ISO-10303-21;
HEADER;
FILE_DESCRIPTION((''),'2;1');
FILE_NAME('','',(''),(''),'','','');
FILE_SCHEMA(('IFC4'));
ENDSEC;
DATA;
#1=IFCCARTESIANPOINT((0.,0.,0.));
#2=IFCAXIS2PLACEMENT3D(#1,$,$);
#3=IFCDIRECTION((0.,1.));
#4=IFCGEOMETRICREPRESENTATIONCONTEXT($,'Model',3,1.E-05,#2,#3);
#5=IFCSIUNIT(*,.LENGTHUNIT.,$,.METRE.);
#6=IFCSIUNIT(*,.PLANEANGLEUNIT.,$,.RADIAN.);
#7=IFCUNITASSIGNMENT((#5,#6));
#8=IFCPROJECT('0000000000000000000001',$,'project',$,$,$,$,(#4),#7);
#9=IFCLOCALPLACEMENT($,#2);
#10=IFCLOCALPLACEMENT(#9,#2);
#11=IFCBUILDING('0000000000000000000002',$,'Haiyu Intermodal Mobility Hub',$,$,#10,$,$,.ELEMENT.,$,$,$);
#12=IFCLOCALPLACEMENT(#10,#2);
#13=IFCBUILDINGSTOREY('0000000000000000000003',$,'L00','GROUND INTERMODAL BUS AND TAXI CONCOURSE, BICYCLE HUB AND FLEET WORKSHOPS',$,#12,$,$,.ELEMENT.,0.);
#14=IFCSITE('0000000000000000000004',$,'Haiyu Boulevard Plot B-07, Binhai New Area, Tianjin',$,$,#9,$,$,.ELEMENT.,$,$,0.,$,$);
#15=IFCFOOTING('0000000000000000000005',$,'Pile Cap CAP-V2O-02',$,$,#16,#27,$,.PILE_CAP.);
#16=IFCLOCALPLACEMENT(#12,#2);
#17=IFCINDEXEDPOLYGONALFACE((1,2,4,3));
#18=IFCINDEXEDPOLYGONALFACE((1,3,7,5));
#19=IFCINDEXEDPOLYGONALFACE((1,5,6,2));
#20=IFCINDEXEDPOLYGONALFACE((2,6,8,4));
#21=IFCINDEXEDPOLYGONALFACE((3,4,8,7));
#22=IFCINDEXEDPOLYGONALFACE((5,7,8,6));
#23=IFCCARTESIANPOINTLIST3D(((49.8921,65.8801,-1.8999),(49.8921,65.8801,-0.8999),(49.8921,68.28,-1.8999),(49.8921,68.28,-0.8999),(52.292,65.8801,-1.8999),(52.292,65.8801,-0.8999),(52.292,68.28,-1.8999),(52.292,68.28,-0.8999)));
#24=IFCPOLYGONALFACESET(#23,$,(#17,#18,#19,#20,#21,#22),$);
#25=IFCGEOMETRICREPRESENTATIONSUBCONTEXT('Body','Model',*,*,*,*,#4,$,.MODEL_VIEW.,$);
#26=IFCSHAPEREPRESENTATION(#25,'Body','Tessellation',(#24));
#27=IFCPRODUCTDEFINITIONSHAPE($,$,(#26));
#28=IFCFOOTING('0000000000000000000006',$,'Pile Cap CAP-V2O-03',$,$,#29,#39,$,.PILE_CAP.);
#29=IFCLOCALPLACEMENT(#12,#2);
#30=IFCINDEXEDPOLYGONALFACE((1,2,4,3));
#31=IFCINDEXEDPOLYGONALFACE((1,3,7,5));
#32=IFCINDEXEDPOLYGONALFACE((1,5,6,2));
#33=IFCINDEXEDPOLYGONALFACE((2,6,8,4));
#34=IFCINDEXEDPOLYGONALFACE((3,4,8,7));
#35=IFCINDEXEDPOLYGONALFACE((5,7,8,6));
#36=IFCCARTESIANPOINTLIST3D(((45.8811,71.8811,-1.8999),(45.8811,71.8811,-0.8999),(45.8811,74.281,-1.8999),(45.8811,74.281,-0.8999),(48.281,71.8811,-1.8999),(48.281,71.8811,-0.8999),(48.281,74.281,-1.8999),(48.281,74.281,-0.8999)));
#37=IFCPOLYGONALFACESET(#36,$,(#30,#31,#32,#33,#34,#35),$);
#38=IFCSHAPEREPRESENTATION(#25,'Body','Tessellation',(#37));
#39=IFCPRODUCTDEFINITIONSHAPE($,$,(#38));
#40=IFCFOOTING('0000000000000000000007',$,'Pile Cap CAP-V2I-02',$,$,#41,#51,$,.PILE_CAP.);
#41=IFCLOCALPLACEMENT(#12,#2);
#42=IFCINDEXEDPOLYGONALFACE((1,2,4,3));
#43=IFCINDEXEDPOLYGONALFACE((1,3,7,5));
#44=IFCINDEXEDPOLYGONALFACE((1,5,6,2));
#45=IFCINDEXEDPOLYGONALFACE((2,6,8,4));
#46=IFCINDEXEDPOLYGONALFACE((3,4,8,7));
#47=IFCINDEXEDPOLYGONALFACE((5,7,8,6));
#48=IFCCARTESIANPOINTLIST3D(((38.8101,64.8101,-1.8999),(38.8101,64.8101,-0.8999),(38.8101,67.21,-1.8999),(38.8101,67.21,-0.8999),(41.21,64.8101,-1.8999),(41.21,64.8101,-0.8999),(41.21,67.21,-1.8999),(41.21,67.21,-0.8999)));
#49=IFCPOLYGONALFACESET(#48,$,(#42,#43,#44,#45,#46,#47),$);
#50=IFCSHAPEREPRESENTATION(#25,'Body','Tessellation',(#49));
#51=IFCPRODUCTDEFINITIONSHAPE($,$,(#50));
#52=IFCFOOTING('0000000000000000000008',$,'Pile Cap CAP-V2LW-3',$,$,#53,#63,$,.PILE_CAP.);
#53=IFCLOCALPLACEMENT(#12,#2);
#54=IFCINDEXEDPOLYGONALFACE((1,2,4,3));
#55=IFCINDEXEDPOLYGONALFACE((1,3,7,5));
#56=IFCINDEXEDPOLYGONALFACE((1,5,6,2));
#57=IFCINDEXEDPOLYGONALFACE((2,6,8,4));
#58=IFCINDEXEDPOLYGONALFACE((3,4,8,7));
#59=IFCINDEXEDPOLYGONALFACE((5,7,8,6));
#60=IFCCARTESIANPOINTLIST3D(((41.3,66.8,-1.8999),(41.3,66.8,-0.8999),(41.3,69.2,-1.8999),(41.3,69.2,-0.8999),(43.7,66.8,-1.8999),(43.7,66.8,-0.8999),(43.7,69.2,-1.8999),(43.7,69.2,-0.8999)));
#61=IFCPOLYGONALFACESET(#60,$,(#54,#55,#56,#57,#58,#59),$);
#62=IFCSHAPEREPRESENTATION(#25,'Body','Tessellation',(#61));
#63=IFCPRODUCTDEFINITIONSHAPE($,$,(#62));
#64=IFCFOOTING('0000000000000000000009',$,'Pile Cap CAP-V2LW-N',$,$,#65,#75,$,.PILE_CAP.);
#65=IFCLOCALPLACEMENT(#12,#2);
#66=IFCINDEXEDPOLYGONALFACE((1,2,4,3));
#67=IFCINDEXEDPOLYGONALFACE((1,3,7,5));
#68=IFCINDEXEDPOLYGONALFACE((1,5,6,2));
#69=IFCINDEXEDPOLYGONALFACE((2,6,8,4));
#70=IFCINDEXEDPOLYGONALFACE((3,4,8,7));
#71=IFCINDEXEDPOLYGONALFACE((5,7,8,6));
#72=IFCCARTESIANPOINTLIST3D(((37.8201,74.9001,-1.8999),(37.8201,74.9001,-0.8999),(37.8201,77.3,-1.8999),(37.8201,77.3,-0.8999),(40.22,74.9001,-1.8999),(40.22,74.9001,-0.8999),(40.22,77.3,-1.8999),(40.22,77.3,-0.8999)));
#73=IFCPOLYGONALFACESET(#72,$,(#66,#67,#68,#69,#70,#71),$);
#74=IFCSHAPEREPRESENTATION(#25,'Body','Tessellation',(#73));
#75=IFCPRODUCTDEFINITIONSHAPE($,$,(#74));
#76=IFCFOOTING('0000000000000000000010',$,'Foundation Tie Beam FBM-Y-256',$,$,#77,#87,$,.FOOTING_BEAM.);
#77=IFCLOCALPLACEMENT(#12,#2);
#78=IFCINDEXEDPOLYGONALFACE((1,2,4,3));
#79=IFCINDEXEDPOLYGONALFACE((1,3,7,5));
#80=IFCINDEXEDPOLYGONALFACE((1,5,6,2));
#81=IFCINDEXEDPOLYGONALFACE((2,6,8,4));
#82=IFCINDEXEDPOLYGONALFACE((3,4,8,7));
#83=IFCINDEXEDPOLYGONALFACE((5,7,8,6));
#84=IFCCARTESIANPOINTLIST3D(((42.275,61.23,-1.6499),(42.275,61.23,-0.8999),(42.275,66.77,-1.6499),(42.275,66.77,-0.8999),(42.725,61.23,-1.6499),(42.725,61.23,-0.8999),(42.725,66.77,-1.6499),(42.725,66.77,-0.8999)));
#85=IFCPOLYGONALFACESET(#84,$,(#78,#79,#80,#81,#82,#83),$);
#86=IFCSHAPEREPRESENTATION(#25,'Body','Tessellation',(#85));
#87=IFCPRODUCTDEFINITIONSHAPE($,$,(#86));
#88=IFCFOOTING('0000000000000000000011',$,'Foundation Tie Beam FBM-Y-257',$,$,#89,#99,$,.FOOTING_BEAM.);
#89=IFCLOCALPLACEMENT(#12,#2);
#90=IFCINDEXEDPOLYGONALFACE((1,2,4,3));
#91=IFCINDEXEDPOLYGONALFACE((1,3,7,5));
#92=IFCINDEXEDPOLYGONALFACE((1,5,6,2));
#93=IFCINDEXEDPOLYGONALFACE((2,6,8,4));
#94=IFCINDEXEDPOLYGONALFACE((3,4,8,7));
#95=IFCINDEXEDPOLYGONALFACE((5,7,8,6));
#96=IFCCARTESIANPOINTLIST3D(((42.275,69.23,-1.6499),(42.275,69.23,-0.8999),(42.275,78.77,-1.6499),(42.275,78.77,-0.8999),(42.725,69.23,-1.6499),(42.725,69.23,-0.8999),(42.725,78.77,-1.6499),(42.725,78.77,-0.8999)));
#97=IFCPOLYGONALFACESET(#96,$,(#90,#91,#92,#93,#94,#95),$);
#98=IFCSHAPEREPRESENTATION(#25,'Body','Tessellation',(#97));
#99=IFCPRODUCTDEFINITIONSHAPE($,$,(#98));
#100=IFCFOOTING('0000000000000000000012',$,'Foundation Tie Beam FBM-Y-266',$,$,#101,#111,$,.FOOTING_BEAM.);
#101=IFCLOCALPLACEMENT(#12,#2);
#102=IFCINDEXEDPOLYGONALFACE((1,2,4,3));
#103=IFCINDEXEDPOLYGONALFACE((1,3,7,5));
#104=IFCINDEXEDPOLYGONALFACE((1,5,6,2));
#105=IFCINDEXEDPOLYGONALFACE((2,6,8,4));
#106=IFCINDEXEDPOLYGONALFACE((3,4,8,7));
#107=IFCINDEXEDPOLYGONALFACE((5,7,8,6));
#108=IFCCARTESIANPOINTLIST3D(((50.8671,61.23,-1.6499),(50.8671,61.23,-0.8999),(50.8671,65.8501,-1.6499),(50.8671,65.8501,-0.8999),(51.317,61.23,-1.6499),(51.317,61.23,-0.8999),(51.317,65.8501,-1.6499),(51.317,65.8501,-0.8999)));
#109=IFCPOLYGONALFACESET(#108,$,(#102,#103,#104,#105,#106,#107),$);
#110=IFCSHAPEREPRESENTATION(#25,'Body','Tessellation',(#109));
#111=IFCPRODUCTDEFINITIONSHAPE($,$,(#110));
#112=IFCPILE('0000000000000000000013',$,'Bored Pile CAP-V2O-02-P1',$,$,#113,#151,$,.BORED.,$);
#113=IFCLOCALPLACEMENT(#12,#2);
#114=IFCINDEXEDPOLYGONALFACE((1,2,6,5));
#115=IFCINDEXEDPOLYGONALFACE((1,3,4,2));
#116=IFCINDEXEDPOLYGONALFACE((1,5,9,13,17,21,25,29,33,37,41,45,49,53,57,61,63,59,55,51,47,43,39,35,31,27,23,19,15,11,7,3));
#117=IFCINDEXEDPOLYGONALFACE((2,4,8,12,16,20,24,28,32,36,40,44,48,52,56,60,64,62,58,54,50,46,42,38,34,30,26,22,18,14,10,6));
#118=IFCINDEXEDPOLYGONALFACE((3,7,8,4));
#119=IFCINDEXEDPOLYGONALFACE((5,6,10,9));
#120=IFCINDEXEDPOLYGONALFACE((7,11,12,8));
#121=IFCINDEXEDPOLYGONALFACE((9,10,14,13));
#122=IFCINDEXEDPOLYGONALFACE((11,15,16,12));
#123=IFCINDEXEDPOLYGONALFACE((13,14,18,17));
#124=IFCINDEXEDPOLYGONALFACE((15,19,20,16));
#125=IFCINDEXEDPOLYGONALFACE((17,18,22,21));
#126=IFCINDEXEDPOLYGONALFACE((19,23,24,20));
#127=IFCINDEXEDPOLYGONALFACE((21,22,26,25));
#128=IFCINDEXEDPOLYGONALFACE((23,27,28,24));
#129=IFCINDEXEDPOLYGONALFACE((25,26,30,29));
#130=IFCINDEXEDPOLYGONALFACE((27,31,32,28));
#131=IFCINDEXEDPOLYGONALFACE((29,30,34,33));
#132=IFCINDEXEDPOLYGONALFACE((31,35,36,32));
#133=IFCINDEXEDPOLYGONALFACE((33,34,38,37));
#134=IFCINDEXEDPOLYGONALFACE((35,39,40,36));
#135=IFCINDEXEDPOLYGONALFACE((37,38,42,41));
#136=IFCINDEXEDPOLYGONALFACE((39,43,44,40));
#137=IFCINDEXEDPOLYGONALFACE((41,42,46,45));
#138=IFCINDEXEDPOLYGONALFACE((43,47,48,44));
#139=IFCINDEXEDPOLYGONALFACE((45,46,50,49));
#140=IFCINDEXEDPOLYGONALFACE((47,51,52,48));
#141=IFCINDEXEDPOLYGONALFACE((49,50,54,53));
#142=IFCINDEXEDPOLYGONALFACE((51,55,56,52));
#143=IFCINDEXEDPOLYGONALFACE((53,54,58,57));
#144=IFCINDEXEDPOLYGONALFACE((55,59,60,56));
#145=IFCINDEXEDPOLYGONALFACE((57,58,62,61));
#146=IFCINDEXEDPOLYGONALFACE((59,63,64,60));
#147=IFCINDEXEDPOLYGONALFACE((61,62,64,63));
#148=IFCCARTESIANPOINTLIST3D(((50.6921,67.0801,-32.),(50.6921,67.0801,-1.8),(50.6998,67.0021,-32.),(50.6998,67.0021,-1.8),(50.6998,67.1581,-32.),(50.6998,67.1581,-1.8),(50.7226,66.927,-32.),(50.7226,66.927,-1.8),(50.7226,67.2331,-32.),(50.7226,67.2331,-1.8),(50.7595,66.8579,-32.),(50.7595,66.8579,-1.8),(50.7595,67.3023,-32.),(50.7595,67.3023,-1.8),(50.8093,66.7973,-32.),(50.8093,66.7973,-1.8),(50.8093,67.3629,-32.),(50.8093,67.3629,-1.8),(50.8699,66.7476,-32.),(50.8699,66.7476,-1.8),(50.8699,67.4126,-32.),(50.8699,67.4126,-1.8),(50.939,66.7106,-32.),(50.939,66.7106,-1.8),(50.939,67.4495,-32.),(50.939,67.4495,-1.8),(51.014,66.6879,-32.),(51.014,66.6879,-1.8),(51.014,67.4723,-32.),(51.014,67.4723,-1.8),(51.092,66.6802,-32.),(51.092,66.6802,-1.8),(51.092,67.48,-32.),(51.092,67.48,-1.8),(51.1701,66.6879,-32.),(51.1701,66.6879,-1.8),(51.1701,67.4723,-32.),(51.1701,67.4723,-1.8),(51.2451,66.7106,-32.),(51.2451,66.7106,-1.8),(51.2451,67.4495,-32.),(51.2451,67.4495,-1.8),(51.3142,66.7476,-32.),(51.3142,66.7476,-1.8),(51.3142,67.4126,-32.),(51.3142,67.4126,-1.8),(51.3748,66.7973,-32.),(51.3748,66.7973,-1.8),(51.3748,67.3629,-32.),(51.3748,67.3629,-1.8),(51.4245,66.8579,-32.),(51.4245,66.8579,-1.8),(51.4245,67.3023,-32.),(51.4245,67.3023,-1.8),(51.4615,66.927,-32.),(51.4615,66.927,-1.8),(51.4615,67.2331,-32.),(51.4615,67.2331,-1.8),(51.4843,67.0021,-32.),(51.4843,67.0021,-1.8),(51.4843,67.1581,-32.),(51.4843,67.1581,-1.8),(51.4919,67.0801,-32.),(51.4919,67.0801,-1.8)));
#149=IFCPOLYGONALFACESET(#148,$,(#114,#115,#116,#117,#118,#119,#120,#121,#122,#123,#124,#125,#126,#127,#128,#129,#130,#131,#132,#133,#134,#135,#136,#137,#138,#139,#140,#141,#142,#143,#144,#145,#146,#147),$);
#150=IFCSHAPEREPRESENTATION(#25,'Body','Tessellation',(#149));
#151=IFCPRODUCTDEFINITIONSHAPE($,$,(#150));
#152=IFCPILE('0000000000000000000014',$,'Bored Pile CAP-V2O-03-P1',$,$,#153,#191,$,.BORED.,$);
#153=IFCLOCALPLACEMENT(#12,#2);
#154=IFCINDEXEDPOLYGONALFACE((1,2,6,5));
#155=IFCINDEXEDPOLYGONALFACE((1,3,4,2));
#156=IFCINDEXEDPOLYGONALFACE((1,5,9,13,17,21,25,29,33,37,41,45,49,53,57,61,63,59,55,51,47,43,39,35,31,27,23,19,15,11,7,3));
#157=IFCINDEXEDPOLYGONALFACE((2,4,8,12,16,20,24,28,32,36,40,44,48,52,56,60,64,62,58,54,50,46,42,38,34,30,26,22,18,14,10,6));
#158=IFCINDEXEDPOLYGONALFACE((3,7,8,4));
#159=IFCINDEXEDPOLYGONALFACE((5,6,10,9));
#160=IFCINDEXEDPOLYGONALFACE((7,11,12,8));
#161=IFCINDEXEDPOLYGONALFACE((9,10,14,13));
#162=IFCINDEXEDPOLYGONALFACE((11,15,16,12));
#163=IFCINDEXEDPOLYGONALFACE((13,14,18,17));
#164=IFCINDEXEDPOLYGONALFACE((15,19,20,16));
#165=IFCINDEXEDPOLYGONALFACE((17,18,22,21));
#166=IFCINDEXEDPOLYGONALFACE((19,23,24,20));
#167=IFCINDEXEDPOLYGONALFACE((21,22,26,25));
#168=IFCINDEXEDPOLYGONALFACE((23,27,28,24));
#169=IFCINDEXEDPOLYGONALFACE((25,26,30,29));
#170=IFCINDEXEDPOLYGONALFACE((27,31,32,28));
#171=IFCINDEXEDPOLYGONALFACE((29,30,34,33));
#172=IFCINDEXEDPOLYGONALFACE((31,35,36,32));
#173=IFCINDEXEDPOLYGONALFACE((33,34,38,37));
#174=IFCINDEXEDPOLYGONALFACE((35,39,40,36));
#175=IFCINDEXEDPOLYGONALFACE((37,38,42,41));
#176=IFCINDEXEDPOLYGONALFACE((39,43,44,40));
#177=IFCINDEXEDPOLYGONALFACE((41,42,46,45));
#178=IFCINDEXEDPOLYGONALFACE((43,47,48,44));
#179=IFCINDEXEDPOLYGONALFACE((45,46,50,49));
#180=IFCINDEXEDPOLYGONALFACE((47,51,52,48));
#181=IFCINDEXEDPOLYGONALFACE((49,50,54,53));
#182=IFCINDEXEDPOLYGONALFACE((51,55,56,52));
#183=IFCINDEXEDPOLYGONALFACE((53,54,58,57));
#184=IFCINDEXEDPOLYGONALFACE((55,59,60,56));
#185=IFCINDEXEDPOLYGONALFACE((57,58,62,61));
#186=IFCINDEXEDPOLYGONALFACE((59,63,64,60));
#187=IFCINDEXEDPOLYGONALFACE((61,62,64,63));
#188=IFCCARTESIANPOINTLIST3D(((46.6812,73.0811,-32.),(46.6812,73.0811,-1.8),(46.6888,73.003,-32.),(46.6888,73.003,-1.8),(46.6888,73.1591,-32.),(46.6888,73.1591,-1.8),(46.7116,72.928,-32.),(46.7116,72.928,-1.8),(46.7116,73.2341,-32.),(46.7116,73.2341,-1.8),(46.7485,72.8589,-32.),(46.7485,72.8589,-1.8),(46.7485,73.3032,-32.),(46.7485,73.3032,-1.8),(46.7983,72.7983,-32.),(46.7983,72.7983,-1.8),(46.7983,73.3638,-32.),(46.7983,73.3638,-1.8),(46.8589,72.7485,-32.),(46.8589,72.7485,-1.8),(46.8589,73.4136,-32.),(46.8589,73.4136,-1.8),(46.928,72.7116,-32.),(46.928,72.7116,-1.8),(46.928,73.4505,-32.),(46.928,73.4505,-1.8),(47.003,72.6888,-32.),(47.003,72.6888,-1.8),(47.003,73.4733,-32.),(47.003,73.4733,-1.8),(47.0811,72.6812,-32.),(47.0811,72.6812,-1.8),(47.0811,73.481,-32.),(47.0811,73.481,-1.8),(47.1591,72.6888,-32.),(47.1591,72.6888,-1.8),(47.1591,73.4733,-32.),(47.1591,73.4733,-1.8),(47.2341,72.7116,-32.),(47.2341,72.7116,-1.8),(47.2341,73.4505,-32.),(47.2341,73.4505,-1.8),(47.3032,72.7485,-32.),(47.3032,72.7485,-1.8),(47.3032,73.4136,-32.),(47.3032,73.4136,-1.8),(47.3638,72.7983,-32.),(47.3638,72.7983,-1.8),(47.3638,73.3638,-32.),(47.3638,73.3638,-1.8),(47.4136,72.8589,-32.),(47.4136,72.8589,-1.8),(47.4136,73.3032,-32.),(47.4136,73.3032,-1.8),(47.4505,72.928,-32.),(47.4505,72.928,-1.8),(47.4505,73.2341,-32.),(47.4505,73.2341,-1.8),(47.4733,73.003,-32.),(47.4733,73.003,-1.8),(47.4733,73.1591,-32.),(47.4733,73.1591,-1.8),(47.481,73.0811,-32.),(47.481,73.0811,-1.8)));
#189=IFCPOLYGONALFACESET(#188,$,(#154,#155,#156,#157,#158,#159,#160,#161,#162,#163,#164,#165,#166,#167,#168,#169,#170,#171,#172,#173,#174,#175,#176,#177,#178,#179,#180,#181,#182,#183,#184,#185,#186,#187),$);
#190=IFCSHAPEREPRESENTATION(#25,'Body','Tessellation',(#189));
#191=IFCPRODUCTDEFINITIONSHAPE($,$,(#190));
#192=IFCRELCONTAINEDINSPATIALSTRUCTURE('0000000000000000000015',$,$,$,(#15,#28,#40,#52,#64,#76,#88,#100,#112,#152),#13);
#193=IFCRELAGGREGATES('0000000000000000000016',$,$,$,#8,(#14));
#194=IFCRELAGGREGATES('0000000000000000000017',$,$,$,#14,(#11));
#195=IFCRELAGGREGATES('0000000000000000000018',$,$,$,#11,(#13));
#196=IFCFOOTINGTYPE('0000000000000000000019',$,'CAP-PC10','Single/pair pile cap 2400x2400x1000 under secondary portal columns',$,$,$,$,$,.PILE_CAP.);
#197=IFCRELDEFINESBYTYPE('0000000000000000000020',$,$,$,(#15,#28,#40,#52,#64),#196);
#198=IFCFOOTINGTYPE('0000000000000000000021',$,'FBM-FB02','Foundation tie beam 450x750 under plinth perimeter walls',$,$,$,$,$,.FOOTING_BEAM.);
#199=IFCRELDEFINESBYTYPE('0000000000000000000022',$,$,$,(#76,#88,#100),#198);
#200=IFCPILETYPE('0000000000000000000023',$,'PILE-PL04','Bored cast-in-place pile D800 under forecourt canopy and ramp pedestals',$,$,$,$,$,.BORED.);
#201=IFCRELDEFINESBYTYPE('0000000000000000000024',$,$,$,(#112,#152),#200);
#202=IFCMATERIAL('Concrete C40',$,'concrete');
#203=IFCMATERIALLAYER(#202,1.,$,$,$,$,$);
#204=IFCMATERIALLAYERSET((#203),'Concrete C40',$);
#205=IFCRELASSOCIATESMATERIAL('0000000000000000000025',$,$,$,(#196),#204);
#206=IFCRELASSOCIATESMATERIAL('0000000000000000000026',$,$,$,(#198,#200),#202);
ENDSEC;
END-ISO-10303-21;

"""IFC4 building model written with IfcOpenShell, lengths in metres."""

from ifc_helpers import new_model, si_unit, direction, frame, origin, origin_2d, place, context, subcontext, project, spatial, rectangle, circle, extrude, material, layer, layer_set, material_profile, profile_set, type_object, element, save


model = new_model("IFC4")

# Units and contexts
model_context = context("Model", 3, precision=1e-05, world=origin(), true_north=direction((0.0, 1.0)))
body_context = subcontext(model_context, "Body", "Model", "MODEL_VIEW")
ifc_project = project(units=[si_unit("LENGTHUNIT", "METRE"), si_unit("PLANEANGLEUNIT", "RADIAN")], contexts=[model_context])

# Site, building, storey
site_placement = place(None, origin())
site = spatial("IfcSite", under=ifc_project, at=site_placement, Name="Haiyu Boulevard Plot B-07, Binhai New Area, Tianjin", CompositionType="ELEMENT", RefElevation=0.0)
building_placement = place(site_placement, origin())
building = spatial("IfcBuilding", under=site, at=building_placement, Name="Haiyu Intermodal Mobility Hub", CompositionType="ELEMENT")
storey_placement = place(building_placement, origin())
storey = spatial("IfcBuildingStorey", under=building, at=storey_placement, Name="L00", Description="GROUND INTERMODAL BUS AND TAXI CONCOURSE, BICYCLE HUB AND FLEET WORKSHOPS", CompositionType="ELEMENT", Elevation=0.0)

# Footings
ifc_material_1 = material(Name="Concrete C40", Category="concrete")
ifc_layer_1 = layer(ifc_material_1, 1.0)
ifc_layer_set_1 = layer_set([ifc_layer_1], Name="Concrete C40")
footing_type_1 = type_object("IfcFootingType", Name="CAP-PC10", Description="Single/pair pile cap 2400x2400x1000 under secondary portal columns", PredefinedType="PILE_CAP", material=ifc_layer_set_1)
for number, where, z_axis, x_axis, name in (
    (1, (51.092, 67.0801, -1.8999), (0.0, 0.0, 1.0), (1.0, 0.0, 0.0), "Pile Cap CAP-V2O-02"),
    (2, (47.0811, 73.0811, -1.8999), (0.0, 0.0, 1.0), (1.0, 0.0, 0.0), "Pile Cap CAP-V2O-03"),
    (3, (40.01, 66.01, -1.8999), (0.0, 0.0, 1.0), (1.0, 0.0, 0.0), "Pile Cap CAP-V2I-02"),
    (4, (42.5, 68.0, -1.8999), (0.0, 0.0, 1.0), (1.0, 0.0, 0.0), "Pile Cap CAP-V2LW-3"),
    (5, (39.02, 76.1001, -1.8999), (0.0, 0.0, 1.0), (1.0, 0.0, 0.0), "Pile Cap CAP-V2LW-N"),
):
    element("IfcFooting", number, at=place(storey_placement, frame(where, z_axis=z_axis, x_axis=x_axis)), inside=storey, type_object=footing_type_1, Name=name, PredefinedType="PILE_CAP", context=body_context, shape_type="SweptSolid", body=[
        extrude(rectangle(XDim=2.3999, YDim=2.3999, at=origin_2d()), origin(), (0.0, 0.0, 1.0), 1.0),
    ])
ifc_material_profile_1 = material_profile(ifc_material_1, rectangle(XDim=0.45, YDim=0.75, at=origin_2d()), Name="FB450x750")
ifc_profile_set_1 = profile_set([ifc_material_profile_1], Name="Concrete C40")
footing_type_2 = type_object("IfcFootingType", Name="FBM-FB02", Description="Foundation tie beam 450x750 under plinth perimeter walls", PredefinedType="FOOTING_BEAM", material=ifc_profile_set_1)
footing_1_placement = place(storey_placement, frame((42.5, 61.23, -1.2749), z_axis=(0.0, 1.0, 0.0), x_axis=(-1.0, 0.0, 0.0)))
element("IfcFooting", 6, at=footing_1_placement, inside=storey, type_object=footing_type_2, Name="Foundation Tie Beam FBM-Y-256", PredefinedType="FOOTING_BEAM", context=body_context, shape_type="SweptSolid", body=[
    extrude(rectangle(XDim=0.45, YDim=0.75, at=origin_2d()), origin(), (0.0, 0.0, 1.0), 5.54),
])
footing_2_placement = place(storey_placement, frame((42.5, 69.23, -1.2749), z_axis=(0.0, 1.0, 0.0), x_axis=(-1.0, 0.0, 0.0)))
element("IfcFooting", 7, at=footing_2_placement, inside=storey, type_object=footing_type_2, Name="Foundation Tie Beam FBM-Y-257", PredefinedType="FOOTING_BEAM", context=body_context, shape_type="SweptSolid", body=[
    extrude(rectangle(XDim=0.45, YDim=0.75, at=origin_2d()), origin(), (0.0, 0.0, 1.0), 9.54),
])
footing_3_placement = place(storey_placement, frame((51.092, 61.23, -1.2749), z_axis=(0.0, 1.0, 0.0), x_axis=(-1.0, 0.0, 0.0)))
element("IfcFooting", 8, at=footing_3_placement, inside=storey, type_object=footing_type_2, Name="Foundation Tie Beam FBM-Y-266", PredefinedType="FOOTING_BEAM", context=body_context, shape_type="SweptSolid", body=[
    extrude(rectangle(XDim=0.45, YDim=0.75, at=origin_2d()), origin(), (0.0, 0.0, 1.0), 4.6201),
])

# Piles
ifc_material_profile_2 = material_profile(ifc_material_1, circle(Radius=0.3999, at=origin_2d()), Name="PILE-D800")
ifc_profile_set_2 = profile_set([ifc_material_profile_2], Name="Concrete C40")
pile_type = type_object("IfcPileType", Name="PILE-PL04", Description="Bored cast-in-place pile D800 under forecourt canopy and ramp pedestals", PredefinedType="BORED", material=ifc_profile_set_2)
for number, where, z_axis, x_axis, name in (
    (9, (51.092, 67.0801, -1.8), (0.0, 0.0, -1.0), (1.0, 0.0, 0.0), "Bored Pile CAP-V2O-02-P1"),
    (10, (47.0811, 73.0811, -1.8), (0.0, 0.0, -1.0), (1.0, 0.0, 0.0), "Bored Pile CAP-V2O-03-P1"),
):
    element("IfcPile", number, at=place(storey_placement, frame(where, z_axis=z_axis, x_axis=x_axis)), inside=storey, type_object=pile_type, Name=name, PredefinedType="BORED", context=body_context, shape_type="SweptSolid", body=[
        extrude(circle(Radius=0.3999, at=origin_2d()), origin(), (0.0, 0.0, 1.0), 30.2),
    ])

save(model, "model.ifc")
